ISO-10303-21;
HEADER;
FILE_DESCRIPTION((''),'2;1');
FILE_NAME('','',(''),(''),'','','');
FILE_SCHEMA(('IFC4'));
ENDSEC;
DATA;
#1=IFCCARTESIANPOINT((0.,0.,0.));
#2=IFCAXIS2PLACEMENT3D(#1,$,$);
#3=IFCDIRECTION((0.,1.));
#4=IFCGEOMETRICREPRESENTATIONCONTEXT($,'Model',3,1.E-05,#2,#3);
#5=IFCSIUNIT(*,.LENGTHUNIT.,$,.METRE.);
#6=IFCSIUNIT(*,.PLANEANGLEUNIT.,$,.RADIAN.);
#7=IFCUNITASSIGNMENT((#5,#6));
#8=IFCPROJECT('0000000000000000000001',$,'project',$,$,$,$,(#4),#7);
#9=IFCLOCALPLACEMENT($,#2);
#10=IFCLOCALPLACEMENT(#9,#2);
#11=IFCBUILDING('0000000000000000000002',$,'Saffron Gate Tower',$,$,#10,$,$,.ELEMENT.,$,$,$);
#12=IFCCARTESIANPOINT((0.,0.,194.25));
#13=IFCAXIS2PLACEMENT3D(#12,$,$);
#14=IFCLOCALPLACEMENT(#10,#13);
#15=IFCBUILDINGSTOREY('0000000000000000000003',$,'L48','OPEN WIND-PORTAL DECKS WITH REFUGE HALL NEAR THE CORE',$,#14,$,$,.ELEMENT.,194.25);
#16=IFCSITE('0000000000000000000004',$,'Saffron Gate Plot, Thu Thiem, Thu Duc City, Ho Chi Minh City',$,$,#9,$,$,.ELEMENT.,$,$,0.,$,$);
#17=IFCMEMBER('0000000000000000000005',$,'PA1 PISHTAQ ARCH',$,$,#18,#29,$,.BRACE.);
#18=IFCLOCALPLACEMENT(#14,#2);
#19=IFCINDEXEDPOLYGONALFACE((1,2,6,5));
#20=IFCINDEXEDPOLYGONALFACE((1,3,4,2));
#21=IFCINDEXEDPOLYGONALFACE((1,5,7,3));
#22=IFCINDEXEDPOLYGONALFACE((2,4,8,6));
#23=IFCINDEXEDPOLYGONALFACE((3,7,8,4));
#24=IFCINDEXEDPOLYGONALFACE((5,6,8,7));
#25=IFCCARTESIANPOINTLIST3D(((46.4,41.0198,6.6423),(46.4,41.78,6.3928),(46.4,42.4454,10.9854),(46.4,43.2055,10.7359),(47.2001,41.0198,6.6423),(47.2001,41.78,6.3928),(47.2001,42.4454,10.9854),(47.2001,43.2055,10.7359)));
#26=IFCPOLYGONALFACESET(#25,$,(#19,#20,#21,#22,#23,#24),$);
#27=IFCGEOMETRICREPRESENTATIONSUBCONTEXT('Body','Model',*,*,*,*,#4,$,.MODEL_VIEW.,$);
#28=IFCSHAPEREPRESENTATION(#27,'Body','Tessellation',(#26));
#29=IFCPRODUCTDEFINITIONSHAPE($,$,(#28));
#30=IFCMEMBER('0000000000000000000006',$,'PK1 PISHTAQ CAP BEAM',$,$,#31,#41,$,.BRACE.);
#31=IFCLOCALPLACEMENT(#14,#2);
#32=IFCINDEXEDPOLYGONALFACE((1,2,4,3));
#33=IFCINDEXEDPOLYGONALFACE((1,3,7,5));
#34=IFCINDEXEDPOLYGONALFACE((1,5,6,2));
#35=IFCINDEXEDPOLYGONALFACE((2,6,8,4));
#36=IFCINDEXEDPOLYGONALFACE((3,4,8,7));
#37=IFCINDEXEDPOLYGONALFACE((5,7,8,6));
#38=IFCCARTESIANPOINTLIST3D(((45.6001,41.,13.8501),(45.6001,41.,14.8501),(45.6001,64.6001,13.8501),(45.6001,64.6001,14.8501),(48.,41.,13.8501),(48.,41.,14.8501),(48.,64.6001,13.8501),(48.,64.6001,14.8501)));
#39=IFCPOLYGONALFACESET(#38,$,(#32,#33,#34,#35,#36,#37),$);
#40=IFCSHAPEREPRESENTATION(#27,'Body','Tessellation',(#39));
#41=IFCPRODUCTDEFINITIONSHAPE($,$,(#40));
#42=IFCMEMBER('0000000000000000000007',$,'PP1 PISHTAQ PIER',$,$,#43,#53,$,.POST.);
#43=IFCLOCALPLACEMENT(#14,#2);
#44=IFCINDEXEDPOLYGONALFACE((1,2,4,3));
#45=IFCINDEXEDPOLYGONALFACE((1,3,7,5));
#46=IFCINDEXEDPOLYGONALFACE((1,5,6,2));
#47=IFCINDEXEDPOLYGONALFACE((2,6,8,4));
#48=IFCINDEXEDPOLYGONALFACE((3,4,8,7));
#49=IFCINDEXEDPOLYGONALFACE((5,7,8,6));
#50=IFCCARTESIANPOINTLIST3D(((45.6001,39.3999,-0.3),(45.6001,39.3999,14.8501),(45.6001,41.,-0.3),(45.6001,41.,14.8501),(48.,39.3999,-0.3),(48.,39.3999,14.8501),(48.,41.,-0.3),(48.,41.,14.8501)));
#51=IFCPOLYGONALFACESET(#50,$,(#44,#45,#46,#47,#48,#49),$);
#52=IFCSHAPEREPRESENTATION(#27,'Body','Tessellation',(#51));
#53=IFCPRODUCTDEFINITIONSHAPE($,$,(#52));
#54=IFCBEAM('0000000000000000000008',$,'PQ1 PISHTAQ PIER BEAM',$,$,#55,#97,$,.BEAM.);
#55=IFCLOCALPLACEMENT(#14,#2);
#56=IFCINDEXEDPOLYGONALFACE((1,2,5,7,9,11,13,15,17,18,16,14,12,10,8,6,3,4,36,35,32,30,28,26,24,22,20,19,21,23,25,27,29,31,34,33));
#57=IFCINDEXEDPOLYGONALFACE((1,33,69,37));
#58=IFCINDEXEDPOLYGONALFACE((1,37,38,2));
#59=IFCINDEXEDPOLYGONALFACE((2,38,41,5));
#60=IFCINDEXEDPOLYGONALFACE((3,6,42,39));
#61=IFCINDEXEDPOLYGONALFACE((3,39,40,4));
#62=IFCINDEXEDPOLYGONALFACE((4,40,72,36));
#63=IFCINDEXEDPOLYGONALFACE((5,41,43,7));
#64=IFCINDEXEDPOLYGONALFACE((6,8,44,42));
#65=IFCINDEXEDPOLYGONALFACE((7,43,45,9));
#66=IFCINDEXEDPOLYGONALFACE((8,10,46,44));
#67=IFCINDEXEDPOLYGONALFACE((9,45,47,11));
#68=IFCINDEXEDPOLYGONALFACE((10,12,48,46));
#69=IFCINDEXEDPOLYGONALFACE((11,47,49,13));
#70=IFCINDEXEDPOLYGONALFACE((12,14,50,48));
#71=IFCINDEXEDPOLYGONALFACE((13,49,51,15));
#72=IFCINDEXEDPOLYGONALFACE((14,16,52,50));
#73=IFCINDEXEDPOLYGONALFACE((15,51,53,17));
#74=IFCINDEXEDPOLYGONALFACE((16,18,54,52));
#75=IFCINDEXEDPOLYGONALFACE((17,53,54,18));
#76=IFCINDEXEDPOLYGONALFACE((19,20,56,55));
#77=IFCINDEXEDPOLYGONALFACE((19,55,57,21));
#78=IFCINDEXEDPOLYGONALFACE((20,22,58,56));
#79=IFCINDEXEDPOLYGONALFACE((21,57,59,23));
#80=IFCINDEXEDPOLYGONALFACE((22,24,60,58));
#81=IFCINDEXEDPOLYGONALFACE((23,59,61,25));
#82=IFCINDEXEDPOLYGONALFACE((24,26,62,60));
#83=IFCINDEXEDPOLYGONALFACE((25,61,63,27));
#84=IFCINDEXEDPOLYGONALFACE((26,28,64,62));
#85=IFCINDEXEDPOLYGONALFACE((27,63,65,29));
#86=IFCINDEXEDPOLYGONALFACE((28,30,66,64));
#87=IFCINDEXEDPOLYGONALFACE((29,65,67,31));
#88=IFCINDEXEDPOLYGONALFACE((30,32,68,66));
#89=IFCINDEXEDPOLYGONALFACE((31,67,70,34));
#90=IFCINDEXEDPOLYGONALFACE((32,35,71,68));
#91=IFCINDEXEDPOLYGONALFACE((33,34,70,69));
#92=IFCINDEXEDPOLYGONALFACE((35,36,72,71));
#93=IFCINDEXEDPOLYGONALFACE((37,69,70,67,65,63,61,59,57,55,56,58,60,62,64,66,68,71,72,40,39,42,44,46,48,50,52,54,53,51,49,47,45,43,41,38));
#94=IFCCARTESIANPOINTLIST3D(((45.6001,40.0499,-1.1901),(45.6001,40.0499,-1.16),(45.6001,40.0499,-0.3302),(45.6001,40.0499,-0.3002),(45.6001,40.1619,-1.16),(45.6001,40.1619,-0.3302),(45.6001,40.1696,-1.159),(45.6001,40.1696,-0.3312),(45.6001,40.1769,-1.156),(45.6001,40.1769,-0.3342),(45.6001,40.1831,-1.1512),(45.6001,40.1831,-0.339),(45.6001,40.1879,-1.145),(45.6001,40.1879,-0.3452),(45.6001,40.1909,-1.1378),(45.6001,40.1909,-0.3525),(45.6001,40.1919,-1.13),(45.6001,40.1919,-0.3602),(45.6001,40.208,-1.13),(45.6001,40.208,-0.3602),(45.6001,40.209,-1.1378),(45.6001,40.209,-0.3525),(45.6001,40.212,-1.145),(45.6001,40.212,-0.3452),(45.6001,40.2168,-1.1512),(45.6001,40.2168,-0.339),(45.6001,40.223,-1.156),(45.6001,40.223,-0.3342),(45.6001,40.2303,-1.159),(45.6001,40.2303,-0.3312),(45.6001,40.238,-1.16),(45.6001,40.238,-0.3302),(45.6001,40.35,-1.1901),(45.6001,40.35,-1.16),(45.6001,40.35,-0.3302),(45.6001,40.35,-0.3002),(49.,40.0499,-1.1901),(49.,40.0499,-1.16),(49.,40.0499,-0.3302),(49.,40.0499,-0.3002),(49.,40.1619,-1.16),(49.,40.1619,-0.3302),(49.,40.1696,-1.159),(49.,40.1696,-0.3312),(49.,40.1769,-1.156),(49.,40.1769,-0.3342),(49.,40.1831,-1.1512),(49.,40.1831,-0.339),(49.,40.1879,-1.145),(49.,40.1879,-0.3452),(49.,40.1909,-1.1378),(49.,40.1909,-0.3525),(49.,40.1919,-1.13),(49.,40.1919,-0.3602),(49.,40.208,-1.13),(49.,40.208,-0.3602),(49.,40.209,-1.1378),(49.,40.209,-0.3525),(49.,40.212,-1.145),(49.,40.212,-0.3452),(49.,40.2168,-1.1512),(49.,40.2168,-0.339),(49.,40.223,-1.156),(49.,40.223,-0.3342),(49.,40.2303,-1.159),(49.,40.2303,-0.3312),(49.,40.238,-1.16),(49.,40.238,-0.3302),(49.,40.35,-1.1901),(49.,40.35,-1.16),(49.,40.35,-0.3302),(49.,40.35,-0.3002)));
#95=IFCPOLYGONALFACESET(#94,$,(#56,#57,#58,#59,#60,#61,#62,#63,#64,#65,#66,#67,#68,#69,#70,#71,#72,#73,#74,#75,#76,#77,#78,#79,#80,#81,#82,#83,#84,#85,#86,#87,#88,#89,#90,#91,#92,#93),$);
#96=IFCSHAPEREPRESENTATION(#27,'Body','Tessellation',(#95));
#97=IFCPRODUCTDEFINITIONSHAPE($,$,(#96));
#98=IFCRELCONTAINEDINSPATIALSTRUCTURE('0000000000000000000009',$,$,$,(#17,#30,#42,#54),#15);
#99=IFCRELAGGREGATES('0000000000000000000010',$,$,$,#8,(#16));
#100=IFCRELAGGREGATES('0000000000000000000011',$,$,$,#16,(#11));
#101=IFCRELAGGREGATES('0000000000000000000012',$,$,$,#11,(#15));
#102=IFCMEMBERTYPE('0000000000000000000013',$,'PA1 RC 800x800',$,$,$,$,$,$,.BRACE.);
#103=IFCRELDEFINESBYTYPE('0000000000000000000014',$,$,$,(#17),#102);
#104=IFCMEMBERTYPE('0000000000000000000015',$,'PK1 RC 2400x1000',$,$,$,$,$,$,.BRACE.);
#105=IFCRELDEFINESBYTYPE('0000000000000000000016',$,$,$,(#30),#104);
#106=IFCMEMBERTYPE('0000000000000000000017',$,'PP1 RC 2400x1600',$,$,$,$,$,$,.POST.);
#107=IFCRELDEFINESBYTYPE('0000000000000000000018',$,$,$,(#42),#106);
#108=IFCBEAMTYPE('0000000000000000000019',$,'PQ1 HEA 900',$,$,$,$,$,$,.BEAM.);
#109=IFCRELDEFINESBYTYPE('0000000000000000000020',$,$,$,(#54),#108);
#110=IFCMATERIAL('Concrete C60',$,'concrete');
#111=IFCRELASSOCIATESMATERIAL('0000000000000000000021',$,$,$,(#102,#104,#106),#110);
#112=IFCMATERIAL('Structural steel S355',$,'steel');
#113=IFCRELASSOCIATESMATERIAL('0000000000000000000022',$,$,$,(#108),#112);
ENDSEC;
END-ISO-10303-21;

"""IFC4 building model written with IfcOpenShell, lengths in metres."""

from ifc_helpers import new_model, si_unit, direction, frame, origin, origin_2d, place, context, subcontext, project, spatial, rectangle, i_section, extrude, material, material_profile, profile_set, type_object, element, save


model = new_model("IFC4")

# Units and contexts
model_context = context("Model", 3, precision=1e-05, world=origin(), true_north=direction((0.0, 1.0)))
body_context = subcontext(model_context, "Body", "Model", "MODEL_VIEW")
ifc_project = project(units=[si_unit("LENGTHUNIT", "METRE"), si_unit("PLANEANGLEUNIT", "RADIAN")], contexts=[model_context])

# Site, building, storey
site_placement = place(None, origin())
site = spatial("IfcSite", under=ifc_project, at=site_placement, Name="Saffron Gate Plot, Thu Thiem, Thu Duc City, Ho Chi Minh City", CompositionType="ELEMENT", RefElevation=0.0)
building_placement = place(site_placement, origin())
building = spatial("IfcBuilding", under=site, at=building_placement, Name="Saffron Gate Tower", CompositionType="ELEMENT")
storey_placement = place(building_placement, frame((0.0, 0.0, 194.25)))
storey = spatial("IfcBuildingStorey", under=building, at=storey_placement, Name="L48", Description="OPEN WIND-PORTAL DECKS WITH REFUGE HALL NEAR THE CORE", CompositionType="ELEMENT", Elevation=194.25)

# Members
ifc_material_1 = material(Name="Concrete C60", Category="concrete")
ifc_material_profile_1 = material_profile(ifc_material_1, rectangle(XDim=0.8, YDim=0.8, at=origin_2d()))
ifc_profile_set_1 = profile_set([ifc_material_profile_1], Name="Concrete C60")
member_type_1 = type_object("IfcMemberType", Name="PA1 RC 800x800", PredefinedType="BRACE", material=ifc_profile_set_1)
member_1_placement = place(storey_placement, frame((46.8, 41.3999, 6.5176), z_axis=(0.0, 0.311866, 0.950126), x_axis=(-1.0, 0.0, 0.0)))
element("IfcMember", 1, at=member_1_placement, inside=storey, type_object=member_type_1, Name="PA1 PISHTAQ ARCH", PredefinedType="BRACE", context=body_context, shape_type="SweptSolid", body=[
    extrude(rectangle(XDim=0.8, YDim=0.8, at=origin_2d()), origin(), (0.0, 0.0, 1.0), 4.571),
])
ifc_material_profile_2 = material_profile(ifc_material_1, rectangle(XDim=2.3999, YDim=1.0, at=origin_2d()))
ifc_profile_set_2 = profile_set([ifc_material_profile_2], Name="Concrete C60")
member_type_2 = type_object("IfcMemberType", Name="PK1 RC 2400x1000", PredefinedType="BRACE", material=ifc_profile_set_2)
member_2_placement = place(storey_placement, frame((46.8, 41.0, 14.3501), z_axis=(0.0, 1.0, 0.0), x_axis=(-1.0, 0.0, 0.0)))
element("IfcMember", 2, at=member_2_placement, inside=storey, type_object=member_type_2, Name="PK1 PISHTAQ CAP BEAM", PredefinedType="BRACE", context=body_context, shape_type="SweptSolid", body=[
    extrude(rectangle(XDim=2.3999, YDim=1.0, at=origin_2d()), origin(), (0.0, 0.0, 1.0), 23.6001),
])
ifc_material_profile_3 = material_profile(ifc_material_1, rectangle(XDim=2.3999, YDim=1.6001, at=origin_2d()))
ifc_profile_set_3 = profile_set([ifc_material_profile_3], Name="Concrete C60")
member_type_3 = type_object("IfcMemberType", Name="PP1 RC 2400x1600", PredefinedType="POST", material=ifc_profile_set_3)
member_3_placement = place(storey_placement, frame((46.8, 40.2, -0.3), z_axis=(0.0, 0.0, 1.0), x_axis=(1.0, 0.0, 0.0)))
element("IfcMember", 3, at=member_3_placement, inside=storey, type_object=member_type_3, Name="PP1 PISHTAQ PIER", PredefinedType="POST", context=body_context, shape_type="SweptSolid", body=[
    extrude(rectangle(XDim=2.3999, YDim=1.6001, at=origin_2d()), origin(), (0.0, 0.0, 1.0), 15.1501),
])

# Beam
ifc_material_2 = material(Name="Structural steel S355", Category="steel")
ifc_material_profile_4 = material_profile(ifc_material_2, i_section(OverallWidth=0.3, OverallDepth=0.8899, WebThickness=0.0161, FlangeThickness=0.03, FilletRadius=0.03, at=origin_2d()))
ifc_profile_set_4 = profile_set([ifc_material_profile_4], Name="Structural steel S355")
beam_type = type_object("IfcBeamType", Name="PQ1 HEA 900", PredefinedType="BEAM", material=ifc_profile_set_4)
beam_placement = place(storey_placement, frame((45.6001, 40.2, -0.7451), z_axis=(1.0, 0.0, 0.0), x_axis=(0.0, 1.0, 0.0)))
element("IfcBeam", 4, at=beam_placement, inside=storey, type_object=beam_type, Name="PQ1 PISHTAQ PIER BEAM", PredefinedType="BEAM", context=body_context, shape_type="SweptSolid", body=[
    extrude(i_section(OverallWidth=0.3, OverallDepth=0.8899, WebThickness=0.0161, FlangeThickness=0.03, FilletRadius=0.03, at=origin_2d()), origin(), (0.0, 0.0, 1.0), 3.3999),
])

save(model, "model.ifc")
